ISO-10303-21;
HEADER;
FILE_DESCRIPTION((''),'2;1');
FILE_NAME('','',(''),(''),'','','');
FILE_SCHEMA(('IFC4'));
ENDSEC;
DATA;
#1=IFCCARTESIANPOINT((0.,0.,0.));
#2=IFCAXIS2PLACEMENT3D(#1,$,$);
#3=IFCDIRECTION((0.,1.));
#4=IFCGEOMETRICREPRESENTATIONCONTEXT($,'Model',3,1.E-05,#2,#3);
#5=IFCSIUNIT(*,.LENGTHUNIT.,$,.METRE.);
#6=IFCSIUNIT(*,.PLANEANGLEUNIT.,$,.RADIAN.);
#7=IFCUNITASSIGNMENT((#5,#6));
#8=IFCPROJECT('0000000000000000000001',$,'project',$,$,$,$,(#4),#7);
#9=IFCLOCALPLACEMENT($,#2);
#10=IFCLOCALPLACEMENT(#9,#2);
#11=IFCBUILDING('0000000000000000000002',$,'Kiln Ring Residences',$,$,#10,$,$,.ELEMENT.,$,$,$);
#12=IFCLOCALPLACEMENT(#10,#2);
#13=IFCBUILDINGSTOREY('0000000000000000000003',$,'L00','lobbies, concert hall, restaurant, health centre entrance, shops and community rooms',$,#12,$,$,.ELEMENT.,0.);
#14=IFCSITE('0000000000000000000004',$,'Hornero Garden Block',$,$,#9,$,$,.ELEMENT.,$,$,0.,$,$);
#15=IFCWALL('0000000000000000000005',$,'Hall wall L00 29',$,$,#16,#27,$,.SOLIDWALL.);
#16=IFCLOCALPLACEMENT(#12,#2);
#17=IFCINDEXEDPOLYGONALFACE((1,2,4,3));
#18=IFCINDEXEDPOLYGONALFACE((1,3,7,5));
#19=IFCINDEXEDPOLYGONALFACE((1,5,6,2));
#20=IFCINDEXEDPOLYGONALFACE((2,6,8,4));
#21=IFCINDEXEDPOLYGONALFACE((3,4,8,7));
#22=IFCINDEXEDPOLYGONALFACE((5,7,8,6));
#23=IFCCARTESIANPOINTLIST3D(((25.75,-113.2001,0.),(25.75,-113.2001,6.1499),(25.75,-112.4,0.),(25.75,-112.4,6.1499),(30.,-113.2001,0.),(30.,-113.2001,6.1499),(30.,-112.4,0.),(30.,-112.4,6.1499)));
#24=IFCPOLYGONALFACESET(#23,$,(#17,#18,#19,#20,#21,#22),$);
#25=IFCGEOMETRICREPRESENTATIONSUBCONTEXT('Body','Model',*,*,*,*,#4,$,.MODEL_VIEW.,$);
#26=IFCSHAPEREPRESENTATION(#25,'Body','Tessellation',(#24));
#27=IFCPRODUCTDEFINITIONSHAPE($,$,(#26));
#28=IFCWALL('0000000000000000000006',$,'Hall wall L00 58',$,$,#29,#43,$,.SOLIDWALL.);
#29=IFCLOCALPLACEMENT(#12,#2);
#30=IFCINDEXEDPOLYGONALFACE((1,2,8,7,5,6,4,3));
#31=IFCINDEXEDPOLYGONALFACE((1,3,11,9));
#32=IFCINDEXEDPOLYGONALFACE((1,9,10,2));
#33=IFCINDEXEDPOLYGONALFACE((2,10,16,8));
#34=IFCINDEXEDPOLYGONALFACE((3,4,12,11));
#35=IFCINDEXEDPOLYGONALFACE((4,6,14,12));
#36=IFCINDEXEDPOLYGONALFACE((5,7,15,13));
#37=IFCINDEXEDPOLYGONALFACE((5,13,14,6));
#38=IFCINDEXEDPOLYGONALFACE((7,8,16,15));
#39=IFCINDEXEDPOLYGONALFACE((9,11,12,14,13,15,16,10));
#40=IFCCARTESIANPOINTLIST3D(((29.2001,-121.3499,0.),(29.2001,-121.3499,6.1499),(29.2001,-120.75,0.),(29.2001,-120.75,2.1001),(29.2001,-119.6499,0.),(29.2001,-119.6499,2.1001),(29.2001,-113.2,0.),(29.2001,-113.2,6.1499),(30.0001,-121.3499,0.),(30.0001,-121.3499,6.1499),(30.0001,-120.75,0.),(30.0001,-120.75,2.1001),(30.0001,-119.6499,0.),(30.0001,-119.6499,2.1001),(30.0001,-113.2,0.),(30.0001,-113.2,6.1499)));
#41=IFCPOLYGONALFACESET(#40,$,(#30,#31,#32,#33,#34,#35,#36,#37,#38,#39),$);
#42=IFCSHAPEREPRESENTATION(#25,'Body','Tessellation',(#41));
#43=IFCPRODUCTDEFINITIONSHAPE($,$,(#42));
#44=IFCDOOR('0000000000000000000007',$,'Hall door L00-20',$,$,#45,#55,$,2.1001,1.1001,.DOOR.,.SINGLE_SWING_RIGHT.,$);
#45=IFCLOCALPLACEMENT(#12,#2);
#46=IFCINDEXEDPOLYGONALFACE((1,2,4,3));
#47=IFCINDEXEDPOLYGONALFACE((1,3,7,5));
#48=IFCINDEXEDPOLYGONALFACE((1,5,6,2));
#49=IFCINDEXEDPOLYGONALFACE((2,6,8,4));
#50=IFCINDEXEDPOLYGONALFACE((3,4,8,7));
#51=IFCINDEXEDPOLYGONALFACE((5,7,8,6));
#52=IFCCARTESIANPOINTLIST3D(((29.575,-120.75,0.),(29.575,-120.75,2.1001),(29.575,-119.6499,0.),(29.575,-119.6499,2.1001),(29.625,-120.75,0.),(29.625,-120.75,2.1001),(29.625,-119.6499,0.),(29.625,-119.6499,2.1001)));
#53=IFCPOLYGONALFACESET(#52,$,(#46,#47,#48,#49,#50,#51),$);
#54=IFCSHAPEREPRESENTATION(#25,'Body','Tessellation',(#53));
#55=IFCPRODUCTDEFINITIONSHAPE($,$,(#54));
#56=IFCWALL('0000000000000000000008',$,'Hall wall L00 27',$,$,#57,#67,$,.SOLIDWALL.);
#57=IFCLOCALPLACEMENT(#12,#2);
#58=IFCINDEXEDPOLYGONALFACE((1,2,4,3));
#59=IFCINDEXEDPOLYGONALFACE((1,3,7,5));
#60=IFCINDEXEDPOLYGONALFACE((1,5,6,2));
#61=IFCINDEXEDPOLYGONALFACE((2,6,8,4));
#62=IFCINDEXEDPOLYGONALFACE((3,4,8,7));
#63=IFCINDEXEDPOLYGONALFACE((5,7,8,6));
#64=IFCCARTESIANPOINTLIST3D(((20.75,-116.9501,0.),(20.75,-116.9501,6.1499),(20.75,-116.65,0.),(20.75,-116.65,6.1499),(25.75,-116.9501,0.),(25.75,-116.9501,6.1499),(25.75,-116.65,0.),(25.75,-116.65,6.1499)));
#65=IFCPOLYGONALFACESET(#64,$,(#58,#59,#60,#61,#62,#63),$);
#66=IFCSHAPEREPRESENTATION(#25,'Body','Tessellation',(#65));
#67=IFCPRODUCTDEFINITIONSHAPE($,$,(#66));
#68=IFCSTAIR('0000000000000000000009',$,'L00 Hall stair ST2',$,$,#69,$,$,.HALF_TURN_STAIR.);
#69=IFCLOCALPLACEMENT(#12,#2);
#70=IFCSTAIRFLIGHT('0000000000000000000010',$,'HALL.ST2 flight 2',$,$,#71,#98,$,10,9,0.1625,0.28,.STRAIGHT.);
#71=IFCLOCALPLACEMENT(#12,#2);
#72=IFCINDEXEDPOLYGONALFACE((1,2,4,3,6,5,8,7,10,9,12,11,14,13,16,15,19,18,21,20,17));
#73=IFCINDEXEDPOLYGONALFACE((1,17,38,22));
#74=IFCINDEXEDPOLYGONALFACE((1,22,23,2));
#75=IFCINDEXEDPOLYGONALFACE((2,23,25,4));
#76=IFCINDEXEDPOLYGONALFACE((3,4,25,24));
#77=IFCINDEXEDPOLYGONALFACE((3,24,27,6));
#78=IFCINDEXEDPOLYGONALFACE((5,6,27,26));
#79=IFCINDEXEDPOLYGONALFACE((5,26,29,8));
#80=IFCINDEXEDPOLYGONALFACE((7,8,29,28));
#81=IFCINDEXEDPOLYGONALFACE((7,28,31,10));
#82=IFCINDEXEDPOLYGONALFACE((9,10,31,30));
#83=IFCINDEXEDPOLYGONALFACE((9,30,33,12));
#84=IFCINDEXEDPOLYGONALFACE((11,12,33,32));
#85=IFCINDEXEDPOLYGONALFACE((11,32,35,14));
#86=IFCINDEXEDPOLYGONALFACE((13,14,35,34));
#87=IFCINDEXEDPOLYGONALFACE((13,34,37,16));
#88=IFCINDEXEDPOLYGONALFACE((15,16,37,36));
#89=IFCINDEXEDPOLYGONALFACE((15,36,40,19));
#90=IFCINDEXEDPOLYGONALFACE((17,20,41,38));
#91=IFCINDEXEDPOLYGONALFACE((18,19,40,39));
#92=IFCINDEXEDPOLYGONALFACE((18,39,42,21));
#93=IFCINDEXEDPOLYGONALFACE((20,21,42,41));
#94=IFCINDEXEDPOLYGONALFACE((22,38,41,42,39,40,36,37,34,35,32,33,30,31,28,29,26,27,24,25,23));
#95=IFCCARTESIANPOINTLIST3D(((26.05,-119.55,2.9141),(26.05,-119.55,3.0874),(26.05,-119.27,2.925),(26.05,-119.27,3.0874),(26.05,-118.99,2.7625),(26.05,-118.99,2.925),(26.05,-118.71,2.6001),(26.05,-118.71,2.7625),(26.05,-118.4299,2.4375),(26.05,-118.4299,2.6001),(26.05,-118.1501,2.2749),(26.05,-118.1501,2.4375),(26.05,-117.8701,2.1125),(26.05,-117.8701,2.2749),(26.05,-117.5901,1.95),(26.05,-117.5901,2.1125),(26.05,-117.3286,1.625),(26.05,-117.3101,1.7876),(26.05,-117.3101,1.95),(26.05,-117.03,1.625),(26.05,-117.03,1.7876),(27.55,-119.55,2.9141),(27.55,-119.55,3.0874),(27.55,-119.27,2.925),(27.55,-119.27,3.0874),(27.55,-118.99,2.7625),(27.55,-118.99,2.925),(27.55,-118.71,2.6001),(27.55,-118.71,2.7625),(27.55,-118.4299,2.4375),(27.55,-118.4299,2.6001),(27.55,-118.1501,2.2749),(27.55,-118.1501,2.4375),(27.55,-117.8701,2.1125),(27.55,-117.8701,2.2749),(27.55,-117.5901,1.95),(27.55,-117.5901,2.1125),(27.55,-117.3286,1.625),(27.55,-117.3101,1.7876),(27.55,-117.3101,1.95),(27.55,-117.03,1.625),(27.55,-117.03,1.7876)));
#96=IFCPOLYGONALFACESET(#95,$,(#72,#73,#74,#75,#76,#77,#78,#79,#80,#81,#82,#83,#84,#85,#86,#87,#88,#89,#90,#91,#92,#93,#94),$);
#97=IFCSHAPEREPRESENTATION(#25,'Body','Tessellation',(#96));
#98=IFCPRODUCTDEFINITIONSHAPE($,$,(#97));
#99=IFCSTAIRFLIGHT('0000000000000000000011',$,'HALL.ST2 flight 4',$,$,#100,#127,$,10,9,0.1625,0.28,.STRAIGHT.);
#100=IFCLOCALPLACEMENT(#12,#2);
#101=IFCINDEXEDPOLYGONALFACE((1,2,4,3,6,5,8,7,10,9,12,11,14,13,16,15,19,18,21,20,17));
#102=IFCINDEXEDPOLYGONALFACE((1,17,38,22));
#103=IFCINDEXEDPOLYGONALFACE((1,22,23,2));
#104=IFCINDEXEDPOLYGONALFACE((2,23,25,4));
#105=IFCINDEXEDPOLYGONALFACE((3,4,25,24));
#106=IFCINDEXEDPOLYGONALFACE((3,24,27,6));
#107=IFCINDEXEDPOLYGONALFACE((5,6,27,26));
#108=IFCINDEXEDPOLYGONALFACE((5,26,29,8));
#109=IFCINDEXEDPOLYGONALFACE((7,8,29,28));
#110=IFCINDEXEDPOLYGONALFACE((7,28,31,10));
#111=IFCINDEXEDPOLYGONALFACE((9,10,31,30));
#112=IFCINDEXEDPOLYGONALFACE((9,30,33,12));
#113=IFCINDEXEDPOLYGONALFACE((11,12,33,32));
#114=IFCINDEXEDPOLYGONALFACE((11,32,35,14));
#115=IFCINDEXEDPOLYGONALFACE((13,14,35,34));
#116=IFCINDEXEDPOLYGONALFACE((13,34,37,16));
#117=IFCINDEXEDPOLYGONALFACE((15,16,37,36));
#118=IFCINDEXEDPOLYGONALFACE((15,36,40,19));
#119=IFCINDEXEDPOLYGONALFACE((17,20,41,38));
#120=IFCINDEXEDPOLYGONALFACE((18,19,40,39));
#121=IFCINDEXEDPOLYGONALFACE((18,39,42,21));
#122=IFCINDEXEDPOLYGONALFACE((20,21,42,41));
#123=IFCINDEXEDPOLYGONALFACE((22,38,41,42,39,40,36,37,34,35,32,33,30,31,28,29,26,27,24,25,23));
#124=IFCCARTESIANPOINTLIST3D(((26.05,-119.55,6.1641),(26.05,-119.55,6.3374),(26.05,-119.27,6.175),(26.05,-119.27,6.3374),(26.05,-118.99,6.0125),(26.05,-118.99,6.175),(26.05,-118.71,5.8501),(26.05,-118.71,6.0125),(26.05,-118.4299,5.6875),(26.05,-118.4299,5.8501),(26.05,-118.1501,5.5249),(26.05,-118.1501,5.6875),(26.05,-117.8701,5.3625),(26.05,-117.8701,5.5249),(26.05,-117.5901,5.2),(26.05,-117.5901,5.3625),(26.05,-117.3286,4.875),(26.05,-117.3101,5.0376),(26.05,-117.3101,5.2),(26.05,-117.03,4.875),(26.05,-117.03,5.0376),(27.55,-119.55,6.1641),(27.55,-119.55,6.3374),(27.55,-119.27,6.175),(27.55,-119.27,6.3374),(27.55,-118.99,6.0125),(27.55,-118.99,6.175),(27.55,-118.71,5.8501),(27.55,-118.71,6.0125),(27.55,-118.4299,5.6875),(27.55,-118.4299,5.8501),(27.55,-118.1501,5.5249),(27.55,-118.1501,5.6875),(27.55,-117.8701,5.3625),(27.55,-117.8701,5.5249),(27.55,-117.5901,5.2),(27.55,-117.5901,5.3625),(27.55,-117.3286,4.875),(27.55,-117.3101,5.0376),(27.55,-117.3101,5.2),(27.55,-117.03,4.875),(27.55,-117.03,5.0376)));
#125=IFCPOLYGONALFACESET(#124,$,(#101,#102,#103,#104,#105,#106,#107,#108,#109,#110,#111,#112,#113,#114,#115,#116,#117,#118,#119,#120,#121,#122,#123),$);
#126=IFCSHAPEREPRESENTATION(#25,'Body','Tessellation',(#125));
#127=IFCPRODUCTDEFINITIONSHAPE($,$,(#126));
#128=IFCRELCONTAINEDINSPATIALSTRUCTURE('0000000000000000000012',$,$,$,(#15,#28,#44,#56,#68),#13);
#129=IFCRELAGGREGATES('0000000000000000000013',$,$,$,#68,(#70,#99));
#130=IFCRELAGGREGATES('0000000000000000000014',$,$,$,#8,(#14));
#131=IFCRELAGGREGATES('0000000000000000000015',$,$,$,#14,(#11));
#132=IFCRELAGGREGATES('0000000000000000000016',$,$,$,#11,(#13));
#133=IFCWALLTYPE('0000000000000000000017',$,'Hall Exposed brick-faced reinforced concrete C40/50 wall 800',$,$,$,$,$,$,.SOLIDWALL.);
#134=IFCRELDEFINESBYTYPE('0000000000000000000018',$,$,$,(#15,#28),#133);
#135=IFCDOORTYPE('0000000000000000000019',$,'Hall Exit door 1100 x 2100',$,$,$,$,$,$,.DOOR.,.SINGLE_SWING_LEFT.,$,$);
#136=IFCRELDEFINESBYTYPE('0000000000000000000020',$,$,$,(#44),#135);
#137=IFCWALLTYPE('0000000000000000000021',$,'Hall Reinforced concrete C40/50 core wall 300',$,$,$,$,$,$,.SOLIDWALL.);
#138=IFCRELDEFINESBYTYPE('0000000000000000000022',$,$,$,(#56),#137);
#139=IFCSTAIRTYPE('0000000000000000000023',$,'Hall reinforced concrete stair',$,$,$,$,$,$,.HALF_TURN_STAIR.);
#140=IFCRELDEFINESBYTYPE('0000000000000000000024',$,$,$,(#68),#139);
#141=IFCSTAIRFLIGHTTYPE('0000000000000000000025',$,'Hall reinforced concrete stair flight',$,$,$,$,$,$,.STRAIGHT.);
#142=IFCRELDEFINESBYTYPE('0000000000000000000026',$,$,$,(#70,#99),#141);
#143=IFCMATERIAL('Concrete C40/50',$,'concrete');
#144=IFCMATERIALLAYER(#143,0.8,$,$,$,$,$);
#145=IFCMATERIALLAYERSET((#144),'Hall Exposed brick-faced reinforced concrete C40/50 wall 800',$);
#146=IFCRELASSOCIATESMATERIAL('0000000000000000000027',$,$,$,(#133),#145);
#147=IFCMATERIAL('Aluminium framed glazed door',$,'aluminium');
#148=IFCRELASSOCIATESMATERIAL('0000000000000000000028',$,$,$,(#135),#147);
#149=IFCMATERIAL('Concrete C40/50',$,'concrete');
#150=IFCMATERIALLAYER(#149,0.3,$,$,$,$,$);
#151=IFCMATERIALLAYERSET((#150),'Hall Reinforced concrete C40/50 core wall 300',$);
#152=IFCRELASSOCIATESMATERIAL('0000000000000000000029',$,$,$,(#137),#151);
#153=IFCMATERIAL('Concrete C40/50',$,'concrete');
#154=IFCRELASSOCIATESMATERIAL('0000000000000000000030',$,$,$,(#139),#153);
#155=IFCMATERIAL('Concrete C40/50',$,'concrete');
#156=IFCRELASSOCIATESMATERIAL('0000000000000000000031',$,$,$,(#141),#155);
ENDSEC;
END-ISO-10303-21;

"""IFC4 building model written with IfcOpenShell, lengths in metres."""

from ifc_helpers import new_model, si_unit, direction, frame, frame_2d, origin, place, context, subcontext, project, spatial, polyline, rectangle, outline, extrude, material, layer, layer_set, type_object, element, fill, aggregate, save


model = new_model("IFC4")

# Units and contexts
model_context = context("Model", 3, precision=1e-05, world=origin(), true_north=direction((0.0, 1.0)))
body_context = subcontext(model_context, "Body", "Model", "MODEL_VIEW")
ifc_project = project(units=[si_unit("LENGTHUNIT", "METRE"), si_unit("PLANEANGLEUNIT", "RADIAN")], contexts=[model_context])

# Site, building, storey
site_placement = place(None, origin())
site = spatial("IfcSite", under=ifc_project, at=site_placement, Name="Hornero Garden Block", CompositionType="ELEMENT", RefElevation=0.0)
building_placement = place(site_placement, origin())
building = spatial("IfcBuilding", under=site, at=building_placement, Name="Kiln Ring Residences", CompositionType="ELEMENT")
storey_placement = place(building_placement, origin())
storey = spatial("IfcBuildingStorey", under=building, at=storey_placement, Name="L00", Description="lobbies, concert hall, restaurant, health centre entrance, shops and community rooms", CompositionType="ELEMENT", Elevation=0.0)

# Shared definitions
placement = place(storey_placement, origin())

# Wall
ifc_material_1 = material(Name="Concrete C40/50", Category="concrete")
ifc_layer_1 = layer(ifc_material_1, 0.8)
ifc_layer_set_1 = layer_set([ifc_layer_1], Name="Hall Exposed brick-faced reinforced concrete C40/50 wall 800")
wall_type_1 = type_object("IfcWallType", Name="Hall Exposed brick-faced reinforced concrete C40/50 wall 800", PredefinedType="SOLIDWALL", material=ifc_layer_set_1)
wall_1_placement = place(storey_placement, frame((25.75, -112.8, 0.0), z_axis=(0.0, 0.0, 1.0), x_axis=(1.0, 0.0, 0.0)))
element("IfcWall", 1, at=wall_1_placement, inside=storey, type_object=wall_type_1, Name="Hall wall L00 29", PredefinedType="SOLIDWALL", context=body_context, shape_type="SweptSolid", body=[
    extrude(rectangle(XDim=4.25, YDim=0.8, at=frame_2d((2.125, 0.0))), origin(), (0.0, 0.0, 1.0), 6.1499),
])

# Wall, opening, door
wall_2_placement = place(storey_placement, frame((29.6001, -113.2, 0.0), z_axis=(0.0, 0.0, 1.0), x_axis=(0.0, -1.0, 0.0)))
wall_2 = element("IfcWall", 2, at=wall_2_placement, inside=storey, type_object=wall_type_1, Name="Hall wall L00 58", PredefinedType="SOLIDWALL", context=body_context, shape_type="SweptSolid", body=[
    extrude(rectangle(XDim=8.1499, YDim=0.8, at=frame_2d((4.075, 0.0))), origin(), (0.0, 0.0, 1.0), 6.1499),
])
opening_placement = place(wall_2_placement, frame((6.45, 0.0, 0.0)))
opening = element("IfcOpeningElement", 3, at=opening_placement, cuts=wall_2, PredefinedType="OPENING", context=body_context, shape_type="SweptSolid", body=[
    extrude(rectangle(XDim=1.1001, YDim=2.1001, at=frame_2d((0.55, 1.05))), frame((0.0, 0.4099, 0.0), z_axis=(0.0, -1.0, 0.0), x_axis=(1.0, 0.0, 0.0)), (0.0, 0.0, 1.0), 0.8201),
])
ifc_material_2 = material(Name="Aluminium framed glazed door", Category="aluminium")
door_type = type_object("IfcDoorType", Name="Hall Exit door 1100 x 2100", OperationType="SINGLE_SWING_LEFT", PredefinedType="DOOR", material=ifc_material_2)
door_placement = place(opening_placement, origin())
door = element("IfcDoor", 4, at=door_placement, inside=storey, type_object=door_type, Name="Hall door L00-20", OperationType="SINGLE_SWING_RIGHT", OverallHeight=2.1001, OverallWidth=1.1001, PredefinedType="DOOR", context=body_context, shape_type="SweptSolid", body=[
    extrude(rectangle(XDim=1.1001, YDim=2.1001, at=frame_2d((0.55, 1.05))), frame((0.0, 0.0249, 0.0), z_axis=(0.0, -1.0, 0.0), x_axis=(1.0, 0.0, 0.0)), (0.0, 0.0, 1.0), 0.05),
])
fill(opening, door)

# Wall
ifc_material_3 = material(Name="Concrete C40/50", Category="concrete")
ifc_layer_2 = layer(ifc_material_3, 0.3)
ifc_layer_set_2 = layer_set([ifc_layer_2], Name="Hall Reinforced concrete C40/50 core wall 300")
wall_type_2 = type_object("IfcWallType", Name="Hall Reinforced concrete C40/50 core wall 300", PredefinedType="SOLIDWALL", material=ifc_layer_set_2)
wall_3_placement = place(storey_placement, frame((20.75, -116.8, 0.0), z_axis=(0.0, 0.0, 1.0), x_axis=(1.0, 0.0, 0.0)))
element("IfcWall", 5, at=wall_3_placement, inside=storey, type_object=wall_type_2, Name="Hall wall L00 27", PredefinedType="SOLIDWALL", context=body_context, shape_type="SweptSolid", body=[
    extrude(rectangle(XDim=5.0, YDim=0.3, at=frame_2d((2.5, 0.0))), origin(), (0.0, 0.0, 1.0), 6.1499),
])

# Stair, stair flights
ifc_material_4 = material(Name="Concrete C40/50", Category="concrete")
stair_type = type_object("IfcStairType", Name="Hall reinforced concrete stair", PredefinedType="HALF_TURN_STAIR", material=ifc_material_4)
stair = element("IfcStair", 6, at=placement, inside=storey, type_object=stair_type, Name="L00 Hall stair ST2", PredefinedType="HALF_TURN_STAIR")
ifc_material_5 = material(Name="Concrete C40/50", Category="concrete")
stair_flight_type = type_object("IfcStairFlightType", Name="Hall reinforced concrete stair flight", PredefinedType="STRAIGHT", material=ifc_material_5)
stair_flight_1_placement = place(storey_placement, frame((26.8, -117.03, 1.625), z_axis=(0.0, 0.0, 1.0), x_axis=(0.0, -1.0, 0.0)))
stair_flight_1 = element("IfcStairFlight", 7, at=stair_flight_1_placement, type_object=stair_flight_type, Name="HALL.ST2 flight 2", NumberOfRisers=10, NumberOfTreads=9, PredefinedType="STRAIGHT", RiserHeight=0.1625, TreadLength=0.28, context=body_context, shape_type="SweptSolid", body=[
    extrude(outline(polyline([(0.0, 0.0), (0.0, 0.1626), (0.28, 0.1626), (0.28, 0.325), (0.5601, 0.325), (0.5601, 0.4875), (0.8401, 0.4875), (0.8401, 0.6499), (1.1201, 0.6499), (1.1201, 0.8125), (1.3999, 0.8125), (1.3999, 0.9751), (1.6799, 0.9751), (1.6799, 1.1375), (1.96, 1.1375), (1.96, 1.3), (2.24, 1.3), (2.24, 1.4624), (2.52, 1.4624), (2.52, 1.625), (2.52, 1.2891), (0.2986, 0.0), (0.0, 0.0)])), frame((0.0, 0.75, 0.0), z_axis=(0.0, -1.0, 0.0), x_axis=(1.0, 0.0, 0.0)), (0.0, 0.0, 1.0), 1.5),
])
stair_flight_2_placement = place(storey_placement, frame((26.8, -117.03, 4.875), z_axis=(0.0, 0.0, 1.0), x_axis=(0.0, -1.0, 0.0)))
stair_flight_2 = element("IfcStairFlight", 8, at=stair_flight_2_placement, type_object=stair_flight_type, Name="HALL.ST2 flight 4", NumberOfRisers=10, NumberOfTreads=9, PredefinedType="STRAIGHT", RiserHeight=0.1625, TreadLength=0.28, context=body_context, shape_type="SweptSolid", body=[
    extrude(outline(polyline([(0.0, 0.0), (0.0, 0.1626), (0.28, 0.1626), (0.28, 0.325), (0.5601, 0.325), (0.5601, 0.4875), (0.8401, 0.4875), (0.8401, 0.6499), (1.1201, 0.6499), (1.1201, 0.8125), (1.3999, 0.8125), (1.3999, 0.9751), (1.6799, 0.9751), (1.6799, 1.1375), (1.96, 1.1375), (1.96, 1.3), (2.24, 1.3), (2.24, 1.4624), (2.52, 1.4624), (2.52, 1.625), (2.52, 1.2891), (0.2986, 0.0), (0.0, 0.0)])), frame((0.0, 0.75, 0.0), z_axis=(0.0, -1.0, 0.0), x_axis=(1.0, 0.0, 0.0)), (0.0, 0.0, 1.0), 1.5),
])
aggregate(stair, [stair_flight_1, stair_flight_2])

save(model, "model.ifc")
